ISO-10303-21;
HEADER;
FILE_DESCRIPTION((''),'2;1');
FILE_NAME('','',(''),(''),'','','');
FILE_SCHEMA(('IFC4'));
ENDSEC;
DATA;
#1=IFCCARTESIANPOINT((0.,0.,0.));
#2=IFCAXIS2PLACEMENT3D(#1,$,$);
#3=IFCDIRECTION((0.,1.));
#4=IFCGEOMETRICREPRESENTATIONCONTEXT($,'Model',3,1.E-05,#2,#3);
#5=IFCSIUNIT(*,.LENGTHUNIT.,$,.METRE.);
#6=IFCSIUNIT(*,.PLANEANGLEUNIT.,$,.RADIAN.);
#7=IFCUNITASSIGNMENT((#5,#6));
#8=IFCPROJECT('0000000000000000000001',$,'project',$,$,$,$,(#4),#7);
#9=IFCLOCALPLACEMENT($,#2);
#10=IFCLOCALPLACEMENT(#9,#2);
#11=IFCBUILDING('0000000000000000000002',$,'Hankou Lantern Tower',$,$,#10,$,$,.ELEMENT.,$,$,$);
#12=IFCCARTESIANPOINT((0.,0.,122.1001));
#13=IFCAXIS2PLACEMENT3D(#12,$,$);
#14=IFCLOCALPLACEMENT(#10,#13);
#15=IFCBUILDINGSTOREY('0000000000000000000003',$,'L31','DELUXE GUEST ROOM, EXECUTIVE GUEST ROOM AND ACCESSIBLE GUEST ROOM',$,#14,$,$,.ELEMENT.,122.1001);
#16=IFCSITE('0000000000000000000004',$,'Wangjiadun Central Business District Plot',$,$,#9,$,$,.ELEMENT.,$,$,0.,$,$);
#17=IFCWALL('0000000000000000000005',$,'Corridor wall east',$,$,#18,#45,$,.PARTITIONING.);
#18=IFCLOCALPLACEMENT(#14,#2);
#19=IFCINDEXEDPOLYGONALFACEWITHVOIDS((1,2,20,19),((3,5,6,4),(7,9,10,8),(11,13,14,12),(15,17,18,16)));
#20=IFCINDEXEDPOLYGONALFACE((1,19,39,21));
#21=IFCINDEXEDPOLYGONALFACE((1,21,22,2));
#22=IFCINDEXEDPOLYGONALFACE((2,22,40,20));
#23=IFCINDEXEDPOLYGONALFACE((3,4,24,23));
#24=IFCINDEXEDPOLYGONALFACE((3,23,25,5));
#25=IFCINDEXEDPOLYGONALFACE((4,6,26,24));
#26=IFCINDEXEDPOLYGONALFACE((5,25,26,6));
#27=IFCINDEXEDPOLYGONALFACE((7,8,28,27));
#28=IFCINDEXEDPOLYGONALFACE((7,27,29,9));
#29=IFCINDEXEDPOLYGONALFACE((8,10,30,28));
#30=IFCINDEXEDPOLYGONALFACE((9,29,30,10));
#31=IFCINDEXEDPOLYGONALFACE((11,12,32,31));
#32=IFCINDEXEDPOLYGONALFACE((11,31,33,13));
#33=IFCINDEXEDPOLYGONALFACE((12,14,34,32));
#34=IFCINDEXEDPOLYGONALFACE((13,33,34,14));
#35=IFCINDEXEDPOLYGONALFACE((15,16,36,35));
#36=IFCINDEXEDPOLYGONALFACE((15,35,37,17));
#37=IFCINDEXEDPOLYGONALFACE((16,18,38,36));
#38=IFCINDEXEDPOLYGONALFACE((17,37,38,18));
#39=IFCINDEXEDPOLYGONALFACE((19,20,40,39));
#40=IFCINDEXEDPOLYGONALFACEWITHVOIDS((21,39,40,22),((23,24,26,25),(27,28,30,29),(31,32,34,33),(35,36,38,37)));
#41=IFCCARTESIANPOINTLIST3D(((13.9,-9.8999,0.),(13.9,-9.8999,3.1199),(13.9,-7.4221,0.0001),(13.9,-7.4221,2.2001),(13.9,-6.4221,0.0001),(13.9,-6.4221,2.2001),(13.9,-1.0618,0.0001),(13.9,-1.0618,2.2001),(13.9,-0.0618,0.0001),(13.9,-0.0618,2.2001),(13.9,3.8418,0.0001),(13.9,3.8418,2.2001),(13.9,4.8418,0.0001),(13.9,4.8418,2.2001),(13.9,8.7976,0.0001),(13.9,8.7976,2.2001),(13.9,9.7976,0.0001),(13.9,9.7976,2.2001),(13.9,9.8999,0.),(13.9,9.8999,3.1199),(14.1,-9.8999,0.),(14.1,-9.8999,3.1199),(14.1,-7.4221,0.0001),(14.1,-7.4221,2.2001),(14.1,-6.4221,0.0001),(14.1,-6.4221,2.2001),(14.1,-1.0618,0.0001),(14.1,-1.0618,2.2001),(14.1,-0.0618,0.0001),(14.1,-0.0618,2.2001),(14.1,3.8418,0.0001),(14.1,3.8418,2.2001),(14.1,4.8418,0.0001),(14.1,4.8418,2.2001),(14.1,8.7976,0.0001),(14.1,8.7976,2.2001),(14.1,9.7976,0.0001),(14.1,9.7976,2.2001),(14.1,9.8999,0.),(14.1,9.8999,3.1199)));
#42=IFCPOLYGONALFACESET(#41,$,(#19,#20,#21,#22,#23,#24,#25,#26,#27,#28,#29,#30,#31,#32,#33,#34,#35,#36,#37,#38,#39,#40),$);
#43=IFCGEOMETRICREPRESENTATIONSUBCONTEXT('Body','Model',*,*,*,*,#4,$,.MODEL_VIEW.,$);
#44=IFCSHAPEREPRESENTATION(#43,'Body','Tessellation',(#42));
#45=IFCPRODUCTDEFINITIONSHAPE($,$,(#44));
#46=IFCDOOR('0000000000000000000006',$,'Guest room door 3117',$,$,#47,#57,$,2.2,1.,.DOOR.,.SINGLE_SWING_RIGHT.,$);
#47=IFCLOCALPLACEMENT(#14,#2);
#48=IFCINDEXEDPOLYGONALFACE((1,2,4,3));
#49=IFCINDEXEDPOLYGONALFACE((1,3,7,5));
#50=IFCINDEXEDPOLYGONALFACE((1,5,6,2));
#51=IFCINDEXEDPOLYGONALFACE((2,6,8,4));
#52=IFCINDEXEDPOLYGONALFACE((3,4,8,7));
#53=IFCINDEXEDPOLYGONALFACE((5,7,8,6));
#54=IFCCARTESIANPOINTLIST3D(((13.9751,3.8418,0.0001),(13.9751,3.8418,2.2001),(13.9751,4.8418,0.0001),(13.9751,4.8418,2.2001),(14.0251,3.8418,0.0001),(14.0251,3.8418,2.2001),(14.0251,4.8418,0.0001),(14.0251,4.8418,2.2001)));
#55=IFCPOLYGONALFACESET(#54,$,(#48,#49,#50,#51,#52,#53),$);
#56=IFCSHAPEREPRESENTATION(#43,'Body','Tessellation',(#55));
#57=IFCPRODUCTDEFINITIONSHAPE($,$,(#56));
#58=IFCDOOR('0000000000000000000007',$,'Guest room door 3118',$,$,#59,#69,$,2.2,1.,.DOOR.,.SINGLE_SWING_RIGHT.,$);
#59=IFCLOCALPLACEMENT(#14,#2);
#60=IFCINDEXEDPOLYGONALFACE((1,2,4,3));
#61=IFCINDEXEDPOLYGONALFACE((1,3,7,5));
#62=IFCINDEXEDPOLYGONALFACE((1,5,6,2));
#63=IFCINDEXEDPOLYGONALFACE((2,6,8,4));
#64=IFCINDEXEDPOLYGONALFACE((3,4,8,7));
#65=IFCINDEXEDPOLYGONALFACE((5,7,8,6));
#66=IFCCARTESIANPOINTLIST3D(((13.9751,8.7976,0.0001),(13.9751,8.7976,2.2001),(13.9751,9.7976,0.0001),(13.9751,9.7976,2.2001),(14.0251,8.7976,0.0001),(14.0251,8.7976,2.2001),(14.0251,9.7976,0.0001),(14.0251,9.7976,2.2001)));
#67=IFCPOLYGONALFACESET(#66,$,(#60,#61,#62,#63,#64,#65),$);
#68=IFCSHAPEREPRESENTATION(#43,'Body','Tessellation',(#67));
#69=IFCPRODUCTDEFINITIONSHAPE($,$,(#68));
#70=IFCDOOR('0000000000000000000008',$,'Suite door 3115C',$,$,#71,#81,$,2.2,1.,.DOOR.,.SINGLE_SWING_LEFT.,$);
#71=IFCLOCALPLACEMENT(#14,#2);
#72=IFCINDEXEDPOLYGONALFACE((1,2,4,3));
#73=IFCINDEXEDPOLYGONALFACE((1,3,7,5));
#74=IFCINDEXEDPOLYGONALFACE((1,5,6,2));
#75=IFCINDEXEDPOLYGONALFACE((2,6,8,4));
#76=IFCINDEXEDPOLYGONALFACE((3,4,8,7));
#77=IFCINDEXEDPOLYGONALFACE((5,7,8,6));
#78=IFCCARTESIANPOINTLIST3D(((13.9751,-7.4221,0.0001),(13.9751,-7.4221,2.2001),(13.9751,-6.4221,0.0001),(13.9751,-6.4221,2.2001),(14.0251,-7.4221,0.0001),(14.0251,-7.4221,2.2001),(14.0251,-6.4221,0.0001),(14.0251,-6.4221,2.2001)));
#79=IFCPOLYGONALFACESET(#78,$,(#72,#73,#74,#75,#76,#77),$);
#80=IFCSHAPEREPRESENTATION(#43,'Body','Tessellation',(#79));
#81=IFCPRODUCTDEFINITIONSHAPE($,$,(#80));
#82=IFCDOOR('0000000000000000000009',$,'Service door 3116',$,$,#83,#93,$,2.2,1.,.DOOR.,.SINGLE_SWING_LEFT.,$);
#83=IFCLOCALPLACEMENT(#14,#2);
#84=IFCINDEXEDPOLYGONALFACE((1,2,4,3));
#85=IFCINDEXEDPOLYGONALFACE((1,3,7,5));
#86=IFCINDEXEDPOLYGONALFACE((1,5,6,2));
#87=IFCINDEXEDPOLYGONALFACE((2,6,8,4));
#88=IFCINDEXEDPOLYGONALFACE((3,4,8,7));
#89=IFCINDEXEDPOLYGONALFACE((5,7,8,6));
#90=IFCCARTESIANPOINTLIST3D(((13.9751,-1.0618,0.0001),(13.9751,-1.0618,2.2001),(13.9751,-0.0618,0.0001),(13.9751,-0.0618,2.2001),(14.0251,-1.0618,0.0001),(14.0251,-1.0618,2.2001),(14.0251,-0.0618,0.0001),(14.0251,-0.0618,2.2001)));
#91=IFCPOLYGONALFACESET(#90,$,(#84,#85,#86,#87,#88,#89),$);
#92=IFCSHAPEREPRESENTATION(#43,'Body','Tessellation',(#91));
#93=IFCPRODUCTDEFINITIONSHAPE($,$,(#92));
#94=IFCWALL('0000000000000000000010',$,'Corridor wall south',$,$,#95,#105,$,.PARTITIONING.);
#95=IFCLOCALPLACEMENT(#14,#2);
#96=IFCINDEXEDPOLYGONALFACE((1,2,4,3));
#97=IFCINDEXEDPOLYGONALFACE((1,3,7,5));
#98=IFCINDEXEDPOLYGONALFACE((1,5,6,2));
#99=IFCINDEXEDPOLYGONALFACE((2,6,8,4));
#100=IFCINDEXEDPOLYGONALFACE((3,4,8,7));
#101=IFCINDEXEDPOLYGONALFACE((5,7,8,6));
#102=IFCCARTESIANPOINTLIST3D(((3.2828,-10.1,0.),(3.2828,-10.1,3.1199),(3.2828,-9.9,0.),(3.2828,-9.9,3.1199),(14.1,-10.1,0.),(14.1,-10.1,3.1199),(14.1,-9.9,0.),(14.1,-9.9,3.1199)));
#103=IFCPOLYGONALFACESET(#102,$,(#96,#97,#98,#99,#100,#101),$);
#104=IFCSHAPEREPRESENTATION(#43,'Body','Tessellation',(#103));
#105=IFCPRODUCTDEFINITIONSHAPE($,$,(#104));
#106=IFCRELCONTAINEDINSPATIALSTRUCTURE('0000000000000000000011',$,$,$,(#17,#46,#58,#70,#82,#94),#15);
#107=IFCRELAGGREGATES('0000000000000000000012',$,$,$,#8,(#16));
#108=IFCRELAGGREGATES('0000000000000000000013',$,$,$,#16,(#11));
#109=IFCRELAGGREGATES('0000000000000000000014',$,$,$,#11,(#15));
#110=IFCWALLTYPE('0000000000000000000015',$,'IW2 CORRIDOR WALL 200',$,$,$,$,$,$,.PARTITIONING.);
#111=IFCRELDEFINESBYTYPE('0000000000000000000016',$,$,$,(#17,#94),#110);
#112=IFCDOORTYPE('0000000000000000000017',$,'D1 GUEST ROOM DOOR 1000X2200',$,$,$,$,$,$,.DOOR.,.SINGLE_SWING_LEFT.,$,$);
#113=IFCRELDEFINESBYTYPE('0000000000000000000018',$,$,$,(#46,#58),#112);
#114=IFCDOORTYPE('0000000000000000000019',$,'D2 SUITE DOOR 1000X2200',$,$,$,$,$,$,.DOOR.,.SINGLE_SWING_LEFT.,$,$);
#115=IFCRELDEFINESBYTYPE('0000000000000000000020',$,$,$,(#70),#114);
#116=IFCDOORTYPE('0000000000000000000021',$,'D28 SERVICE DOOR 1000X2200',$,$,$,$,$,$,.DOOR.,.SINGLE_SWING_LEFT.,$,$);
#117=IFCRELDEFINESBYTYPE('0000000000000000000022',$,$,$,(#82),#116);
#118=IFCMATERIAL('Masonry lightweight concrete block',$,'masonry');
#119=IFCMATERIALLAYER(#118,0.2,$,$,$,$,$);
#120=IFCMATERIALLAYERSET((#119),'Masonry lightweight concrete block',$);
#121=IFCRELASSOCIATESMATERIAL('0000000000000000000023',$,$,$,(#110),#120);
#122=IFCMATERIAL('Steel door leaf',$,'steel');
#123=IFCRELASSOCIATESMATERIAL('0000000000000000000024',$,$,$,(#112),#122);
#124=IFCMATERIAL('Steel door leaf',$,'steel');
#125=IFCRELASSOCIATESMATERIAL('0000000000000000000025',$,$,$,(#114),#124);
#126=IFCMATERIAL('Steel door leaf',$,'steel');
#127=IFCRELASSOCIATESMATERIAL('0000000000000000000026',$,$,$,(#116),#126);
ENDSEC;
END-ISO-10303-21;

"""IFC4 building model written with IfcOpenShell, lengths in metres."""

from ifc_helpers import new_model, si_unit, direction, frame, frame_2d, origin, place, context, subcontext, project, spatial, rectangle, extrude, material, layer, layer_set, type_object, element, fill, save


model = new_model("IFC4")

# Units and contexts
model_context = context("Model", 3, precision=1e-05, world=origin(), true_north=direction((0.0, 1.0)))
body_context = subcontext(model_context, "Body", "Model", "MODEL_VIEW")
ifc_project = project(units=[si_unit("LENGTHUNIT", "METRE"), si_unit("PLANEANGLEUNIT", "RADIAN")], contexts=[model_context])

# Site, building, storey
site_placement = place(None, origin())
site = spatial("IfcSite", under=ifc_project, at=site_placement, Name="Wangjiadun Central Business District Plot", CompositionType="ELEMENT", RefElevation=0.0)
building_placement = place(site_placement, origin())
building = spatial("IfcBuilding", under=site, at=building_placement, Name="Hankou Lantern Tower", CompositionType="ELEMENT")
storey_placement = place(building_placement, frame((0.0, 0.0, 122.1001)))
storey = spatial("IfcBuildingStorey", under=building, at=storey_placement, Name="L31", Description="DELUXE GUEST ROOM, EXECUTIVE GUEST ROOM AND ACCESSIBLE GUEST ROOM", CompositionType="ELEMENT", Elevation=122.1001)

# Wall, openings, doors
ifc_material_1 = material(Name="Masonry lightweight concrete block", Category="masonry")
ifc_layer_1 = layer(ifc_material_1, 0.2)
ifc_layer_set_1 = layer_set([ifc_layer_1], Name="Masonry lightweight concrete block")
wall_type_1 = type_object("IfcWallType", Name="IW2 CORRIDOR WALL 200", PredefinedType="PARTITIONING", material=ifc_layer_set_1)
wall_1_placement = place(storey_placement, frame((14.0, -9.8999, 0.0), z_axis=(0.0, 0.0, 1.0), x_axis=(0.0, 1.0, 0.0)))
wall_1 = element("IfcWall", 1, at=wall_1_placement, inside=storey, type_object=wall_type_1, Name="Corridor wall east", PredefinedType="PARTITIONING", context=body_context, shape_type="SweptSolid", body=[
    extrude(rectangle(XDim=19.7998, YDim=0.2, at=frame_2d((9.8999, 0.0))), origin(), (0.0, 0.0, 1.0), 3.1199),
])
opening_1_placement = place(wall_1_placement, frame((2.4778, 0.0, 0.0)))
opening_1 = element("IfcOpeningElement", 2, at=opening_1_placement, cuts=wall_1, PredefinedType="OPENING", context=body_context, shape_type="SweptSolid", body=[
    extrude(rectangle(XDim=1.0, YDim=2.2, at=frame_2d((0.5, 1.1001))), frame((0.0, 0.1099, 0.0), z_axis=(0.0, -1.0, 0.0), x_axis=(1.0, 0.0, 0.0)), (0.0, 0.0, 1.0), 0.22),
])
opening_2_placement = place(wall_1_placement, frame((8.8381, 0.0, 0.0)))
opening_2 = element("IfcOpeningElement", 3, at=opening_2_placement, cuts=wall_1, PredefinedType="OPENING", context=body_context, shape_type="SweptSolid", body=[
    extrude(rectangle(XDim=1.0, YDim=2.2, at=frame_2d((0.5, 1.1001))), frame((0.0, 0.1099, 0.0), z_axis=(0.0, -1.0, 0.0), x_axis=(1.0, 0.0, 0.0)), (0.0, 0.0, 1.0), 0.22),
])
opening_3_placement = place(wall_1_placement, frame((13.7417, 0.0, 0.0)))
opening_3 = element("IfcOpeningElement", 4, at=opening_3_placement, cuts=wall_1, PredefinedType="OPENING", context=body_context, shape_type="SweptSolid", body=[
    extrude(rectangle(XDim=1.0, YDim=2.2, at=frame_2d((0.5, 1.1001))), frame((0.0, 0.1099, 0.0), z_axis=(0.0, -1.0, 0.0), x_axis=(1.0, 0.0, 0.0)), (0.0, 0.0, 1.0), 0.22),
])
opening_4_placement = place(wall_1_placement, frame((18.6975, 0.0, 0.0)))
opening_4 = element("IfcOpeningElement", 5, at=opening_4_placement, cuts=wall_1, PredefinedType="OPENING", context=body_context, shape_type="SweptSolid", body=[
    extrude(rectangle(XDim=1.0, YDim=2.2, at=frame_2d((0.5, 1.1001))), frame((0.0, 0.1099, 0.0), z_axis=(0.0, -1.0, 0.0), x_axis=(1.0, 0.0, 0.0)), (0.0, 0.0, 1.0), 0.22),
])
ifc_material_2 = material(Name="Steel door leaf", Category="steel")
door_type_1 = type_object("IfcDoorType", Name="D1 GUEST ROOM DOOR 1000X2200", OperationType="SINGLE_SWING_LEFT", PredefinedType="DOOR", material=ifc_material_2)
door_1_placement = place(opening_3_placement, origin())
door_1 = element("IfcDoor", 6, at=door_1_placement, inside=storey, type_object=door_type_1, Name="Guest room door 3117", OperationType="SINGLE_SWING_RIGHT", OverallHeight=2.2, OverallWidth=1.0, PredefinedType="DOOR", context=body_context, shape_type="SweptSolid", body=[
    extrude(rectangle(XDim=1.0, YDim=2.2, at=frame_2d((0.5, 1.1001))), frame((0.0, 0.0249, 0.0), z_axis=(0.0, -1.0, 0.0), x_axis=(1.0, 0.0, 0.0)), (0.0, 0.0, 1.0), 0.05),
])
fill(opening_3, door_1)
door_2_placement = place(opening_4_placement, origin())
door_2 = element("IfcDoor", 7, at=door_2_placement, inside=storey, type_object=door_type_1, Name="Guest room door 3118", OperationType="SINGLE_SWING_RIGHT", OverallHeight=2.2, OverallWidth=1.0, PredefinedType="DOOR", context=body_context, shape_type="SweptSolid", body=[
    extrude(rectangle(XDim=1.0, YDim=2.2, at=frame_2d((0.5, 1.1001))), frame((0.0, 0.0249, 0.0), z_axis=(0.0, -1.0, 0.0), x_axis=(1.0, 0.0, 0.0)), (0.0, 0.0, 1.0), 0.05),
])
fill(opening_4, door_2)
ifc_material_3 = material(Name="Steel door leaf", Category="steel")
door_type_2 = type_object("IfcDoorType", Name="D2 SUITE DOOR 1000X2200", OperationType="SINGLE_SWING_LEFT", PredefinedType="DOOR", material=ifc_material_3)
door_3_placement = place(opening_1_placement, origin())
door_3 = element("IfcDoor", 8, at=door_3_placement, inside=storey, type_object=door_type_2, Name="Suite door 3115C", OperationType="SINGLE_SWING_LEFT", OverallHeight=2.2, OverallWidth=1.0, PredefinedType="DOOR", context=body_context, shape_type="SweptSolid", body=[
    extrude(rectangle(XDim=1.0, YDim=2.2, at=frame_2d((0.5, 1.1001))), frame((0.0, 0.0249, 0.0), z_axis=(0.0, -1.0, 0.0), x_axis=(1.0, 0.0, 0.0)), (0.0, 0.0, 1.0), 0.05),
])
fill(opening_1, door_3)
ifc_material_4 = material(Name="Steel door leaf", Category="steel")
door_type_3 = type_object("IfcDoorType", Name="D28 SERVICE DOOR 1000X2200", OperationType="SINGLE_SWING_LEFT", PredefinedType="DOOR", material=ifc_material_4)
door_4_placement = place(opening_2_placement, origin())
door_4 = element("IfcDoor", 9, at=door_4_placement, inside=storey, type_object=door_type_3, Name="Service door 3116", OperationType="SINGLE_SWING_LEFT", OverallHeight=2.2, OverallWidth=1.0, PredefinedType="DOOR", context=body_context, shape_type="SweptSolid", body=[
    extrude(rectangle(XDim=1.0, YDim=2.2, at=frame_2d((0.5, 1.1001))), frame((0.0, 0.0249, 0.0), z_axis=(0.0, -1.0, 0.0), x_axis=(1.0, 0.0, 0.0)), (0.0, 0.0, 1.0), 0.05),
])
fill(opening_2, door_4)

# Wall
wall_2_placement = place(storey_placement, frame((14.1001, -10.0, 0.0), z_axis=(0.0, 0.0, 1.0), x_axis=(-1.0, 0.0, 0.0)))
element("IfcWall", 10, at=wall_2_placement, inside=storey, type_object=wall_type_1, Name="Corridor wall south", PredefinedType="PARTITIONING", context=body_context, shape_type="SweptSolid", body=[
    extrude(rectangle(XDim=10.8171, YDim=0.2, at=frame_2d((5.4087, 0.0))), origin(), (0.0, 0.0, 1.0), 3.1199),
])

save(model, "model.ifc")
